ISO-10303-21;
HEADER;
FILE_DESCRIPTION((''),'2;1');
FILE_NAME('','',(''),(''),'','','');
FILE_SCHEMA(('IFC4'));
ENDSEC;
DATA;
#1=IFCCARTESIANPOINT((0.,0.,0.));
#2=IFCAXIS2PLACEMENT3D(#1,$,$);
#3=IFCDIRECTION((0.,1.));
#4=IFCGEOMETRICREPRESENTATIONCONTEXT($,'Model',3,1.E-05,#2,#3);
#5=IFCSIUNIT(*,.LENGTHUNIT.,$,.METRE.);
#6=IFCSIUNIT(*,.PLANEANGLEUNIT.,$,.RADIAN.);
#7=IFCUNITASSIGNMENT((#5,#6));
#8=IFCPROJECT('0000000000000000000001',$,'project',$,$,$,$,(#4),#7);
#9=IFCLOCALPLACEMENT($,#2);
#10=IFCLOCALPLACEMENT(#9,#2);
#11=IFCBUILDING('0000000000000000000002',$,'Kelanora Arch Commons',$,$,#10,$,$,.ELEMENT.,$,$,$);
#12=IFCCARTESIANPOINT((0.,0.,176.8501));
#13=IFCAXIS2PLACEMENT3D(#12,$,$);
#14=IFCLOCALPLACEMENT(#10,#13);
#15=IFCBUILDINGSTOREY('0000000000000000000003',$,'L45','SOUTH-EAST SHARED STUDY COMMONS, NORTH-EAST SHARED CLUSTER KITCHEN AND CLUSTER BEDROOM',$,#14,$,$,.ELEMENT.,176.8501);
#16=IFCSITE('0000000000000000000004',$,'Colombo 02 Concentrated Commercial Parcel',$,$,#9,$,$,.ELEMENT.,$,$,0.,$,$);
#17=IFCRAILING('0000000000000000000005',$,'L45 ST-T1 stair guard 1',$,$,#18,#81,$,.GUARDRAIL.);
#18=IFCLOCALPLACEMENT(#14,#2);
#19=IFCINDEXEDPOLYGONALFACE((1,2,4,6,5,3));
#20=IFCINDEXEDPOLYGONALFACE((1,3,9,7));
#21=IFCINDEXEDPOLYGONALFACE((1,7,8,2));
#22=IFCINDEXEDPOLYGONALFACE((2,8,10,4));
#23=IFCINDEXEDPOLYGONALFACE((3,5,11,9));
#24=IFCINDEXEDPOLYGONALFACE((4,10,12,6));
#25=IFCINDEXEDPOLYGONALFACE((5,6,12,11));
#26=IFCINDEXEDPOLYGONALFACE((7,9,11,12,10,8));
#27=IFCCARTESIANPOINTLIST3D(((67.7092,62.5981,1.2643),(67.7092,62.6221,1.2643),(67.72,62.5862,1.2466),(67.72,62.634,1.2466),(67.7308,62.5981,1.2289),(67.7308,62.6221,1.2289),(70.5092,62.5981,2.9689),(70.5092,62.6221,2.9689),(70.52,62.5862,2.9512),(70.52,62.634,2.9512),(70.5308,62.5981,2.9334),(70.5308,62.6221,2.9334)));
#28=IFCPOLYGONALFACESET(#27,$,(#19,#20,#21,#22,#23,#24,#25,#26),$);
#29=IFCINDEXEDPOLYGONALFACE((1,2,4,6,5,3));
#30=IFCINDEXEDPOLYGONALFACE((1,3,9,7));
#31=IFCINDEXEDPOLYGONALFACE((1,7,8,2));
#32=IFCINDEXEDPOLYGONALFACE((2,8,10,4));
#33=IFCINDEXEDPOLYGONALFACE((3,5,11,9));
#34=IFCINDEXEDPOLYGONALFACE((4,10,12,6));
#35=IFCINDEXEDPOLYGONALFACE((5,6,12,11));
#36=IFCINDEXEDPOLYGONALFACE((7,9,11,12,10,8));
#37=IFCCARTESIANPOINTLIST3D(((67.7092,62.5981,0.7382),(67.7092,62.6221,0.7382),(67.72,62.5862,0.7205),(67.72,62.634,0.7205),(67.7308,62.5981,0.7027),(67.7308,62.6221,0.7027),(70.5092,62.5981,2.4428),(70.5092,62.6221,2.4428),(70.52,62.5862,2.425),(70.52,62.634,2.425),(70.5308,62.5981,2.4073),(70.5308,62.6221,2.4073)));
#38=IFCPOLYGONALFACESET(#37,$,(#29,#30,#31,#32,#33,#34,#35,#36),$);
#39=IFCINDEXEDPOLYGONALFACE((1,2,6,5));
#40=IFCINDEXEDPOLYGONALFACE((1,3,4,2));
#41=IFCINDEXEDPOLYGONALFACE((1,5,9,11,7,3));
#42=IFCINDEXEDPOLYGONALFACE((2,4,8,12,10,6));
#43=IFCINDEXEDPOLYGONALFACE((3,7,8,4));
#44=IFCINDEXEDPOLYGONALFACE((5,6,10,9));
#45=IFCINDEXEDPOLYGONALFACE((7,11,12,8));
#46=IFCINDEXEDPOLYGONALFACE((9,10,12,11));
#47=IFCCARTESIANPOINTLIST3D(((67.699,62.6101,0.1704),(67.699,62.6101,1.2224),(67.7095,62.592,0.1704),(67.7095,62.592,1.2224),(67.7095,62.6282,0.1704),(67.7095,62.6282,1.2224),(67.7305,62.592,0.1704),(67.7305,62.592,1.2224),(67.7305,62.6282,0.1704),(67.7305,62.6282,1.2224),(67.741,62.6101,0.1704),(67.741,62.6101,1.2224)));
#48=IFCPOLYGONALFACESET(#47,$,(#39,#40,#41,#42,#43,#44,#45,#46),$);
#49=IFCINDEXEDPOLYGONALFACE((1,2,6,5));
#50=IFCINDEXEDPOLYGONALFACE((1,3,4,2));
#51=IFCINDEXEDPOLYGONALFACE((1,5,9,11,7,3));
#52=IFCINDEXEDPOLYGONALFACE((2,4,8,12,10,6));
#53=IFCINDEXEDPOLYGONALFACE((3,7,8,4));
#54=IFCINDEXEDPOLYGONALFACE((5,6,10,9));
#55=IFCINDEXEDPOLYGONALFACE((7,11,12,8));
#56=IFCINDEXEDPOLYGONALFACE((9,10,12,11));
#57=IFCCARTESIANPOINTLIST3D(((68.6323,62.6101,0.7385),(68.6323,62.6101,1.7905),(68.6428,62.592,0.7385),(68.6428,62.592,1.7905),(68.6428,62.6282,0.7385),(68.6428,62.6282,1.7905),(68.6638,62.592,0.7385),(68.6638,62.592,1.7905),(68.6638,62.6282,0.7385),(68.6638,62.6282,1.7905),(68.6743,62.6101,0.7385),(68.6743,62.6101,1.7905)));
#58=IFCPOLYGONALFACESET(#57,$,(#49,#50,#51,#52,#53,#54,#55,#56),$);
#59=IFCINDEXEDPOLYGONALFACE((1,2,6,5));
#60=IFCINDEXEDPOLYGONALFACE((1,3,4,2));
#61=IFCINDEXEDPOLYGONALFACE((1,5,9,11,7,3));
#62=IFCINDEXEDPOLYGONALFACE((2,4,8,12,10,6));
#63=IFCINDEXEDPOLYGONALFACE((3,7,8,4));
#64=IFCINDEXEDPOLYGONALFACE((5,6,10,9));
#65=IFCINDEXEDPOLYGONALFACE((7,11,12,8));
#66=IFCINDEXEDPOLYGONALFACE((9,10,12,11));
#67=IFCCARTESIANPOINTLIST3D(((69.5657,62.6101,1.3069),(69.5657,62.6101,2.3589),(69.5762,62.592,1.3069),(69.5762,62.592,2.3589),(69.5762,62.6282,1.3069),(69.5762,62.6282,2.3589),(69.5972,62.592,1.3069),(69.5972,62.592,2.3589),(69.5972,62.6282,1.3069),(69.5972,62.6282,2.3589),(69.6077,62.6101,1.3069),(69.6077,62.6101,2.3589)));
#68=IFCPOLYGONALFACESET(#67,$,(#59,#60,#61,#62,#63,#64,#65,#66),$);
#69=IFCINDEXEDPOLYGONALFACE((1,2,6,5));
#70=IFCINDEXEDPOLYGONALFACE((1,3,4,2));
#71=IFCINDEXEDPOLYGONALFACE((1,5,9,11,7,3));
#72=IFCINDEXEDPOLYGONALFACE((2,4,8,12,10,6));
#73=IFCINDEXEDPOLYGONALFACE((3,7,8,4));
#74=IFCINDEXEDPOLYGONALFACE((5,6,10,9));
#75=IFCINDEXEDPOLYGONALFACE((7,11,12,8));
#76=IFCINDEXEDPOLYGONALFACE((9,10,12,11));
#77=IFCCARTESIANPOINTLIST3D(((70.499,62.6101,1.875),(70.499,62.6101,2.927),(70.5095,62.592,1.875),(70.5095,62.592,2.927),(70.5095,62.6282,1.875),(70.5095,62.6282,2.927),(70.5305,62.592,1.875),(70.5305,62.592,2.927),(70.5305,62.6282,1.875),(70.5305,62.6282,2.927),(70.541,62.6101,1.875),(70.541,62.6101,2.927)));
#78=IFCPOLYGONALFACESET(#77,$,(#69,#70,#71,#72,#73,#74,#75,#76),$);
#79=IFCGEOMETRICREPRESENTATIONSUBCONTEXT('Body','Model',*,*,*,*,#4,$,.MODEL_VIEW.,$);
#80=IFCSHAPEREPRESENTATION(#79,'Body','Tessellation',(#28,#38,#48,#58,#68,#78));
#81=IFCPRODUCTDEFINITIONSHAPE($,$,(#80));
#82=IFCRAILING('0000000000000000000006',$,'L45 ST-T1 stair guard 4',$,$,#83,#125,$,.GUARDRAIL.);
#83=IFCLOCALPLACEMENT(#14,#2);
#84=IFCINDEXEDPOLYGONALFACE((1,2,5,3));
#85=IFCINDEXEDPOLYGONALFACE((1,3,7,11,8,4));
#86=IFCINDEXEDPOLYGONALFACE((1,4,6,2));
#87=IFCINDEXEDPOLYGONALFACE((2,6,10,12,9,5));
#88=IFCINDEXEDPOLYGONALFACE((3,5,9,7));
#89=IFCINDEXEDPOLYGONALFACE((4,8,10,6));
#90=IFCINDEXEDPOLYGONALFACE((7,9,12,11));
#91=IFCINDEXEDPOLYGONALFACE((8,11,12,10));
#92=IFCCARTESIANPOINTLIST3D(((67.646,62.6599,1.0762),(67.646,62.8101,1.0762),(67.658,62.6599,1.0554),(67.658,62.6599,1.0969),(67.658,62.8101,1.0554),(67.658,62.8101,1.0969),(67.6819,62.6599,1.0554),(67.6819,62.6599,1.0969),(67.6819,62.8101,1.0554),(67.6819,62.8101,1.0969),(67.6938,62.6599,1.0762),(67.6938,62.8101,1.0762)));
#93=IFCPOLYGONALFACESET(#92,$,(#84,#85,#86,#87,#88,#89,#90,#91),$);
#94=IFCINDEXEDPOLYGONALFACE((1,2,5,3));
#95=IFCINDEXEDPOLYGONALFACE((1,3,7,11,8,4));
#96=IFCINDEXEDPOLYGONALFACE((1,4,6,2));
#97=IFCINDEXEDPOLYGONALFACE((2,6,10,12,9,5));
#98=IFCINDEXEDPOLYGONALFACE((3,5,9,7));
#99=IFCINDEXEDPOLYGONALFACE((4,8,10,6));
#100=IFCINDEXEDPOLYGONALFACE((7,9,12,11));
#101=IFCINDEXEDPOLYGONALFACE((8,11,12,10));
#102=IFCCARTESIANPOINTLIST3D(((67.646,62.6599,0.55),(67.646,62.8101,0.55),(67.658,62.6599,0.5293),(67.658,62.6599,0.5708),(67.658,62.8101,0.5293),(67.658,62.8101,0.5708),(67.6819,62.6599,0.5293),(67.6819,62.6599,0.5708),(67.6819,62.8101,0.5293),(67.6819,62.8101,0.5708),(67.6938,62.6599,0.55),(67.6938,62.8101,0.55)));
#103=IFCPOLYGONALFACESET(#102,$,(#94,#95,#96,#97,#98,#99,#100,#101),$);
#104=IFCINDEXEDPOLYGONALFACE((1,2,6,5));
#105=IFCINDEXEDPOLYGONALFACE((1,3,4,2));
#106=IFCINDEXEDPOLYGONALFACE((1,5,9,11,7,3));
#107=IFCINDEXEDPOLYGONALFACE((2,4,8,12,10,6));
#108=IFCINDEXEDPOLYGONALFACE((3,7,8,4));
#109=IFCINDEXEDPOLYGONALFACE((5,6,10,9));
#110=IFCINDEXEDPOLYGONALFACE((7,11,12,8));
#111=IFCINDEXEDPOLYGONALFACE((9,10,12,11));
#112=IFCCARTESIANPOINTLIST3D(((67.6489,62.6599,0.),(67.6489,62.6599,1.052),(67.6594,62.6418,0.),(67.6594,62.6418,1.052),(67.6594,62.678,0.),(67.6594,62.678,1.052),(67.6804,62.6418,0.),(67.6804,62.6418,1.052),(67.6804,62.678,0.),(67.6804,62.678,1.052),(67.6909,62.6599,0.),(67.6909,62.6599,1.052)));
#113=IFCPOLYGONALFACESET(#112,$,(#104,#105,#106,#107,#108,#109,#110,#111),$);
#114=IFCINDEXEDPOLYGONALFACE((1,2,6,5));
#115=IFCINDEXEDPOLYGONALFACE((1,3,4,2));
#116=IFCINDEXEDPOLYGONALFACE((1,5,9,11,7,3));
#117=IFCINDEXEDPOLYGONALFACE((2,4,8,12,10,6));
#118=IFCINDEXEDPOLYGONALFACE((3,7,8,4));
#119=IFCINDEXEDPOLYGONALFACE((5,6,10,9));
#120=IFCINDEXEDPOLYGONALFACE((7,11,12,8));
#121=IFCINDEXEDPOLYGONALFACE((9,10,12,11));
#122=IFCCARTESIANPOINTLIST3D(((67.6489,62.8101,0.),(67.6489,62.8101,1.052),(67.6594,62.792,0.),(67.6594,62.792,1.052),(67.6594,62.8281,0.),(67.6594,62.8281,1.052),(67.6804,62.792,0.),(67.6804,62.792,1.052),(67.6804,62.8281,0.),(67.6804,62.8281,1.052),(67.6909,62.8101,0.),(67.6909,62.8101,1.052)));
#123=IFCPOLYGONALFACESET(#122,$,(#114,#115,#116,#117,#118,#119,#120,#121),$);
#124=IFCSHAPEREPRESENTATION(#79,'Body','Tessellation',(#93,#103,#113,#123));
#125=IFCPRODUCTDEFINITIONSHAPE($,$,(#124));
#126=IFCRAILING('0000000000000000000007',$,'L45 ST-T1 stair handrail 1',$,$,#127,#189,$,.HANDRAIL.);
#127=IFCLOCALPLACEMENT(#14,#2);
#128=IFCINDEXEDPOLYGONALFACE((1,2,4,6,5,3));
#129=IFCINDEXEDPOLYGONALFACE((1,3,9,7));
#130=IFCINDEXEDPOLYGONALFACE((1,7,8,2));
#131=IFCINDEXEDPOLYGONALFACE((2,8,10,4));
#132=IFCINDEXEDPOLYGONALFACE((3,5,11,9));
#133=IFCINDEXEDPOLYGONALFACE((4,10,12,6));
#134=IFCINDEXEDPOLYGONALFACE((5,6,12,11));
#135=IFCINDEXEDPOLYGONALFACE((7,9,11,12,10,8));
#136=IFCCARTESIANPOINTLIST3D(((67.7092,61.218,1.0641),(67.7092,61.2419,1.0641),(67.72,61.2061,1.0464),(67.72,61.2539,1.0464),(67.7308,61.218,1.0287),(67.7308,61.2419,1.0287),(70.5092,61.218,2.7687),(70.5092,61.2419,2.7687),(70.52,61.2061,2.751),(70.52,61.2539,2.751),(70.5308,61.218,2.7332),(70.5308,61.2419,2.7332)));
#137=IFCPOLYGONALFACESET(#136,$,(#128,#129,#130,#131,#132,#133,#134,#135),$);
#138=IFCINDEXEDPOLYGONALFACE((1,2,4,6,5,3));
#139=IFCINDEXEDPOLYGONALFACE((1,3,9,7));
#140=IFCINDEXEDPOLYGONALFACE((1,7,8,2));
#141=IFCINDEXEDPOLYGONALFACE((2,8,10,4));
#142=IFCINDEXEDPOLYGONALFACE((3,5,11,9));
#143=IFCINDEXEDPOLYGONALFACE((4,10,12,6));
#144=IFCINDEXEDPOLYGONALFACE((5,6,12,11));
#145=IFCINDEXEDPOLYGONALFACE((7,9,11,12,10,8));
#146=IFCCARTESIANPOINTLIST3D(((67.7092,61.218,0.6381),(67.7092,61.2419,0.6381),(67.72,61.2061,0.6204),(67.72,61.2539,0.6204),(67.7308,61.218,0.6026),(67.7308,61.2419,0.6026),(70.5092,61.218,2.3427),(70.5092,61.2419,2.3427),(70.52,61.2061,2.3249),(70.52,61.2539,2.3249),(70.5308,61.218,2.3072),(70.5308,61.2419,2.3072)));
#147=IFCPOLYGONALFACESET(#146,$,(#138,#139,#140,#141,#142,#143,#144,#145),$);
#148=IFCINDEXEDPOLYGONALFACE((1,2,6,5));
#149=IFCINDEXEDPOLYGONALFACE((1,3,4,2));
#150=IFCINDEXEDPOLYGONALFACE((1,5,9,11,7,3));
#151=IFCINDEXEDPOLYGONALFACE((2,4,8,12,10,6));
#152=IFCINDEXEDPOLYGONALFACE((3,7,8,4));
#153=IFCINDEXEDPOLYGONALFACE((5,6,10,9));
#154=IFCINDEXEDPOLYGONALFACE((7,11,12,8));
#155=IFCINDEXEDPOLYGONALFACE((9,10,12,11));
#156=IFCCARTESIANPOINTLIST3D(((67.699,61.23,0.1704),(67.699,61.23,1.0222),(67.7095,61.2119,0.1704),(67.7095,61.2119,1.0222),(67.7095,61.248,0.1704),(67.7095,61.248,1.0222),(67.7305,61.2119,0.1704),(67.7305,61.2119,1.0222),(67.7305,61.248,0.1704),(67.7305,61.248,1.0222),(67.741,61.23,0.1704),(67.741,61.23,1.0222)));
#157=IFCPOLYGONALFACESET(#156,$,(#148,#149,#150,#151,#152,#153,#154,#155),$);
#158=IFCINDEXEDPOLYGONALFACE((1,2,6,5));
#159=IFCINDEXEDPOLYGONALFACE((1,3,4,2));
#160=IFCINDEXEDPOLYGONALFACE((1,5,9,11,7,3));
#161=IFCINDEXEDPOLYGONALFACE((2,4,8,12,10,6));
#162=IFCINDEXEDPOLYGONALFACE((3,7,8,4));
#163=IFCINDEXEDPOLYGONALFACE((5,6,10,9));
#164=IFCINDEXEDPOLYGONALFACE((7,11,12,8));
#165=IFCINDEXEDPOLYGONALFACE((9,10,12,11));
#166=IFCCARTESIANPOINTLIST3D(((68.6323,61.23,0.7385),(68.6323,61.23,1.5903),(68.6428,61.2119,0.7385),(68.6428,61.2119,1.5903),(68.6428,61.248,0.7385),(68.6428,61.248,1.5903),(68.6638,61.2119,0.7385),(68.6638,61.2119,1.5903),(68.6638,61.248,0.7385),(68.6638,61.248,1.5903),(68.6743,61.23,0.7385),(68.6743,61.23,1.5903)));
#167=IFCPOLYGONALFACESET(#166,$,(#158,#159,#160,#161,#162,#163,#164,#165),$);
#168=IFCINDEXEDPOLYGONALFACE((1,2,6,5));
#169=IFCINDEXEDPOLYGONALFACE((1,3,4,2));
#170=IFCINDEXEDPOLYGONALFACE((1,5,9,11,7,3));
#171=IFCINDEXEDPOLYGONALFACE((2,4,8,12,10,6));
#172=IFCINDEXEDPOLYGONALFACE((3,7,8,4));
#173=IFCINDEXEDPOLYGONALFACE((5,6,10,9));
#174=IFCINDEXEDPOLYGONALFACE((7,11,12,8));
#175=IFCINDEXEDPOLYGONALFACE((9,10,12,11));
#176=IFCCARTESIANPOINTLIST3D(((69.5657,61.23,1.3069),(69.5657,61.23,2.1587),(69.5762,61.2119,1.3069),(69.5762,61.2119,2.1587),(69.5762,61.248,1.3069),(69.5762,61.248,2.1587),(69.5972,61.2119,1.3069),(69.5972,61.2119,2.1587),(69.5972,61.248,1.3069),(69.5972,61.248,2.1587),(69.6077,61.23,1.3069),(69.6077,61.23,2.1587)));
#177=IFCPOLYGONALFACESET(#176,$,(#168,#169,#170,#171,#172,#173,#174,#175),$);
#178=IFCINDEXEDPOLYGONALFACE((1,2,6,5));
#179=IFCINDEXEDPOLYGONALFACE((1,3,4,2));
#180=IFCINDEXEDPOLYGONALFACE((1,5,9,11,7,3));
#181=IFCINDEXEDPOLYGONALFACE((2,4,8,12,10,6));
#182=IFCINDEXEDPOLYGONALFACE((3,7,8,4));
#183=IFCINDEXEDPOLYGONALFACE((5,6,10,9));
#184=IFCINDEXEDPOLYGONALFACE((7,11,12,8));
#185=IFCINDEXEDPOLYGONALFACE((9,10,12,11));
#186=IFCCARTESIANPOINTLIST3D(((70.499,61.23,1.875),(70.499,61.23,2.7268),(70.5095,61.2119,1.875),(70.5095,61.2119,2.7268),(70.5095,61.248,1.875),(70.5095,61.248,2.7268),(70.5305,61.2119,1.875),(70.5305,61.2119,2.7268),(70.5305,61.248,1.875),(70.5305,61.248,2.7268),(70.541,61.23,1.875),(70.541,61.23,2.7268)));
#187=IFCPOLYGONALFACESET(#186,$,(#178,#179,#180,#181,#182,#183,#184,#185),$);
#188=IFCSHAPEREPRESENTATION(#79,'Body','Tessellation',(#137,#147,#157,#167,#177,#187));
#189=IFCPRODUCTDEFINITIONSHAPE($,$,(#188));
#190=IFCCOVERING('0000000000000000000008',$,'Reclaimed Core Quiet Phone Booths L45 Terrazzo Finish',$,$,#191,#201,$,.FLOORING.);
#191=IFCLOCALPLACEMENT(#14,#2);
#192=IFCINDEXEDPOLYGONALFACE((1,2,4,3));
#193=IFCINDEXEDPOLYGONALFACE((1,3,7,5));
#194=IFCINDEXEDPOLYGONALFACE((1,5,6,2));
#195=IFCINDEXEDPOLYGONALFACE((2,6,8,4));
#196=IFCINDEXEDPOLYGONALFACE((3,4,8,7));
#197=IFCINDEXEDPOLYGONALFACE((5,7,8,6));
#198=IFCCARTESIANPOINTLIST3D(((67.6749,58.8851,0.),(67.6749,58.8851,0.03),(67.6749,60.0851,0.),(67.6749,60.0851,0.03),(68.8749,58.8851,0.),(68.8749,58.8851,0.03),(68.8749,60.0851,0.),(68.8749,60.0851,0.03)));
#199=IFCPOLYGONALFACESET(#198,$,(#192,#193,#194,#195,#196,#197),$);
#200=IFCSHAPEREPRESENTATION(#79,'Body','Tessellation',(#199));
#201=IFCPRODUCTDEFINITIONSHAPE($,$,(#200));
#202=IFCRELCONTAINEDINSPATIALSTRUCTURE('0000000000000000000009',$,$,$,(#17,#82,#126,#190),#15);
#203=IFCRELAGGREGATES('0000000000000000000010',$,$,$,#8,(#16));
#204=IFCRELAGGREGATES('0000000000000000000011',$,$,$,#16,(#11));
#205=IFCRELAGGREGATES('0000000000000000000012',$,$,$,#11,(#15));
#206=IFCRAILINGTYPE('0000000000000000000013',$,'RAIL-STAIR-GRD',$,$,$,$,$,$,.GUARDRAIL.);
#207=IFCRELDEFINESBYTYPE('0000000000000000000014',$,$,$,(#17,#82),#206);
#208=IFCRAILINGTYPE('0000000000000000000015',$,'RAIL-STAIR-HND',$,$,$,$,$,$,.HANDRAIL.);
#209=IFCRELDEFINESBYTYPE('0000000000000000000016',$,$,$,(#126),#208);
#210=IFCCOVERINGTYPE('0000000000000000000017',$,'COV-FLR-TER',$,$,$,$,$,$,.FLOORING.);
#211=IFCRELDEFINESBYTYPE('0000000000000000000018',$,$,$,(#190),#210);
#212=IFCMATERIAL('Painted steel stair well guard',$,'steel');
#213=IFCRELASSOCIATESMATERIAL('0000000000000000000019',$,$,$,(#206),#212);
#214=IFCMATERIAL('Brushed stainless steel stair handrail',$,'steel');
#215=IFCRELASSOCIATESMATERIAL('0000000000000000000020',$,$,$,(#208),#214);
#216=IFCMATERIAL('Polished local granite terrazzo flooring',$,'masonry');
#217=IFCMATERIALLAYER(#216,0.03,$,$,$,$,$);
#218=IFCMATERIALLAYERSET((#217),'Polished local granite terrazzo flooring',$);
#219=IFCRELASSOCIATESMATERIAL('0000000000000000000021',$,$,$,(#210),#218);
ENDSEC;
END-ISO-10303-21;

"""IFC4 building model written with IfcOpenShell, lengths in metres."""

from ifc_helpers import new_model, si_unit, direction, frame, origin, origin_2d, place, context, subcontext, project, spatial, polyline, rectangle, outline, extrude, source, transform, mapped, material, layer, layer_set, type_object, element, save


model = new_model("IFC4")

# Units and contexts
model_context = context("Model", 3, precision=1e-05, world=origin(), true_north=direction((0.0, 1.0)))
body_context = subcontext(model_context, "Body", "Model", "MODEL_VIEW")
ifc_project = project(units=[si_unit("LENGTHUNIT", "METRE"), si_unit("PLANEANGLEUNIT", "RADIAN")], contexts=[model_context])

# Site, building, storey
site_placement = place(None, origin())
site = spatial("IfcSite", under=ifc_project, at=site_placement, Name="Colombo 02 Concentrated Commercial Parcel", CompositionType="ELEMENT", RefElevation=0.0)
building_placement = place(site_placement, origin())
building = spatial("IfcBuilding", under=site, at=building_placement, Name="Kelanora Arch Commons", CompositionType="ELEMENT")
storey_placement = place(building_placement, frame((0.0, 0.0, 176.8501)))
storey = spatial("IfcBuildingStorey", under=building, at=storey_placement, Name="L45", Description="SOUTH-EAST SHARED STUDY COMMONS, NORTH-EAST SHARED CLUSTER KITCHEN AND CLUSTER BEDROOM", CompositionType="ELEMENT", Elevation=176.8501)

# Railings
ifc_material_1 = material(Name="Painted steel stair well guard", Category="steel")
railing_type_1 = type_object("IfcRailingType", Name="RAIL-STAIR-GRD", PredefinedType="GUARDRAIL", material=ifc_material_1)
railing_1_placement = place(storey_placement, frame((67.72, 62.6101, 0.1704)))
element("IfcRailing", 1, at=railing_1_placement, inside=storey, type_object=railing_type_1, Name="L45 ST-T1 stair guard 1", PredefinedType="GUARDRAIL", context=body_context, shape_type="SweptSolid", body=[
    extrude(outline(polyline([(0.0239, 0.0), (0.012, 0.0208), (-0.012, 0.0208), (-0.0239, 0.0), (-0.012, -0.0208), (0.012, -0.0208), (0.0239, 0.0)])), frame((0.0, 0.0, 1.0762), z_axis=(0.85417, 0.0, 0.519994), x_axis=(0.0, 1.0, 0.0)), (0.0, 0.0, 1.0), 3.2781),
    extrude(outline(polyline([(0.0239, 0.0), (0.012, 0.0208), (-0.012, 0.0208), (-0.0239, 0.0), (-0.012, -0.0208), (0.012, -0.0208), (0.0239, 0.0)])), frame((0.0, 0.0, 0.55), z_axis=(0.85417, 0.0, 0.519994), x_axis=(0.0, 1.0, 0.0)), (0.0, 0.0, 1.0), 3.2781),
    extrude(outline(polyline([(0.021, 0.0), (0.0105, 0.0181), (-0.0105, 0.0181), (-0.021, 0.0), (-0.0105, -0.0181), (0.0105, -0.0181), (0.021, 0.0)])), origin(), (0.0, 0.0, 1.0), 1.052),
    extrude(outline(polyline([(0.021, 0.0), (0.0105, 0.0181), (-0.0105, 0.0181), (-0.021, 0.0), (-0.0105, -0.0181), (0.0105, -0.0181), (0.021, 0.0)])), frame((0.9333, 0.0, 0.5681)), (0.0, 0.0, 1.0), 1.052),
    extrude(outline(polyline([(0.021, 0.0), (0.0105, 0.0181), (-0.0105, 0.0181), (-0.021, 0.0), (-0.0105, -0.0181), (0.0105, -0.0181), (0.021, 0.0)])), frame((1.8667, 0.0, 1.1365)), (0.0, 0.0, 1.0), 1.052),
    extrude(outline(polyline([(0.021, 0.0), (0.0105, 0.0181), (-0.0105, 0.0181), (-0.021, 0.0), (-0.0105, -0.0181), (0.0105, -0.0181), (0.021, 0.0)])), frame((2.8, 0.0, 1.7046)), (0.0, 0.0, 1.0), 1.052),
])
railing_2_placement = place(storey_placement, frame((67.6699, 62.6599, 0.0)))
element("IfcRailing", 2, at=railing_2_placement, inside=storey, type_object=railing_type_1, Name="L45 ST-T1 stair guard 4", PredefinedType="GUARDRAIL", context=body_context, shape_type="SweptSolid", body=[
    extrude(outline(polyline([(0.0239, 0.0), (0.012, 0.0208), (-0.012, 0.0208), (-0.0239, 0.0), (-0.012, -0.0208), (0.012, -0.0208), (0.0239, 0.0)])), frame((0.0, 0.0, 1.0762), z_axis=(0.0, 1.0, 0.0), x_axis=(-1.0, 0.0, 0.0)), (0.0, 0.0, 1.0), 0.1501),
    extrude(outline(polyline([(0.0239, 0.0), (0.012, 0.0208), (-0.012, 0.0208), (-0.0239, 0.0), (-0.012, -0.0208), (0.012, -0.0208), (0.0239, 0.0)])), frame((0.0, 0.0, 0.55), z_axis=(0.0, 1.0, 0.0), x_axis=(-1.0, 0.0, 0.0)), (0.0, 0.0, 1.0), 0.1501),
    extrude(outline(polyline([(0.021, 0.0), (0.0105, 0.0181), (-0.0105, 0.0181), (-0.021, 0.0), (-0.0105, -0.0181), (0.0105, -0.0181), (0.021, 0.0)])), origin(), (0.0, 0.0, 1.0), 1.052),
    extrude(outline(polyline([(0.021, 0.0), (0.0105, 0.0181), (-0.0105, 0.0181), (-0.021, 0.0), (-0.0105, -0.0181), (0.0105, -0.0181), (0.021, 0.0)])), frame((0.0, 0.1501, 0.0)), (0.0, 0.0, 1.0), 1.052),
])
ifc_material_2 = material(Name="Brushed stainless steel stair handrail", Category="steel")
railing_type_2 = type_object("IfcRailingType", Name="RAIL-STAIR-HND", PredefinedType="HANDRAIL", material=ifc_material_2)
railing_3_placement = place(storey_placement, frame((67.72, 61.23, 0.1704)))
element("IfcRailing", 3, at=railing_3_placement, inside=storey, type_object=railing_type_2, Name="L45 ST-T1 stair handrail 1", PredefinedType="HANDRAIL", context=body_context, shape_type="SweptSolid", body=[
    extrude(outline(polyline([(0.0239, 0.0), (0.012, 0.0208), (-0.012, 0.0208), (-0.0239, 0.0), (-0.012, -0.0208), (0.012, -0.0208), (0.0239, 0.0)])), frame((0.0, 0.0, 0.876), z_axis=(0.85417, 0.0, 0.519994), x_axis=(0.0, 1.0, 0.0)), (0.0, 0.0, 1.0), 3.2781),
    extrude(outline(polyline([(0.0239, 0.0), (0.012, 0.0208), (-0.012, 0.0208), (-0.0239, 0.0), (-0.012, -0.0208), (0.012, -0.0208), (0.0239, 0.0)])), frame((0.0, 0.0, 0.45), z_axis=(0.85417, 0.0, 0.519994), x_axis=(0.0, 1.0, 0.0)), (0.0, 0.0, 1.0), 3.2781),
    extrude(outline(polyline([(0.021, 0.0), (0.0105, 0.0181), (-0.0105, 0.0181), (-0.021, 0.0), (-0.0105, -0.0181), (0.0105, -0.0181), (0.021, 0.0)])), origin(), (0.0, 0.0, 1.0), 0.8518),
    extrude(outline(polyline([(0.021, 0.0), (0.0105, 0.0181), (-0.0105, 0.0181), (-0.021, 0.0), (-0.0105, -0.0181), (0.0105, -0.0181), (0.021, 0.0)])), frame((0.9333, 0.0, 0.5681)), (0.0, 0.0, 1.0), 0.8518),
    extrude(outline(polyline([(0.021, 0.0), (0.0105, 0.0181), (-0.0105, 0.0181), (-0.021, 0.0), (-0.0105, -0.0181), (0.0105, -0.0181), (0.021, 0.0)])), frame((1.8667, 0.0, 1.1365)), (0.0, 0.0, 1.0), 0.8518),
    extrude(outline(polyline([(0.021, 0.0), (0.0105, 0.0181), (-0.0105, 0.0181), (-0.021, 0.0), (-0.0105, -0.0181), (0.0105, -0.0181), (0.021, 0.0)])), frame((2.8, 0.0, 1.7046)), (0.0, 0.0, 1.0), 0.8518),
])

# Covering
ifc_material_3 = material(Name="Polished local granite terrazzo flooring", Category="masonry")
ifc_layer_1 = layer(ifc_material_3, 0.03)
ifc_layer_set_1 = layer_set([ifc_layer_1], Name="Polished local granite terrazzo flooring")
covering_type = type_object("IfcCoveringType", Name="COV-FLR-TER", PredefinedType="FLOORING", material=ifc_layer_set_1)
shared_shape = source(origin(), body_context, "Body", "SweptSolid", [
    extrude(rectangle(XDim=1.2, YDim=1.2, at=origin_2d()), origin(), (0.0, 0.0, 1.0), 0.03),
])
covering_placement = place(storey_placement, frame((68.2749, 59.4851, 0.0), z_axis=(0.0, 0.0, 1.0), x_axis=(1.0, 0.0, 0.0)))
element("IfcCovering", 4, at=covering_placement, inside=storey, type_object=covering_type, Name="Reclaimed Core Quiet Phone Booths L45 Terrazzo Finish", PredefinedType="FLOORING", context=body_context, shape_type="MappedRepresentation", body=[
    mapped(shared_shape, transform((0.0, 0.0, 0.0), scale=1.0)),
])

save(model, "model.ifc")
